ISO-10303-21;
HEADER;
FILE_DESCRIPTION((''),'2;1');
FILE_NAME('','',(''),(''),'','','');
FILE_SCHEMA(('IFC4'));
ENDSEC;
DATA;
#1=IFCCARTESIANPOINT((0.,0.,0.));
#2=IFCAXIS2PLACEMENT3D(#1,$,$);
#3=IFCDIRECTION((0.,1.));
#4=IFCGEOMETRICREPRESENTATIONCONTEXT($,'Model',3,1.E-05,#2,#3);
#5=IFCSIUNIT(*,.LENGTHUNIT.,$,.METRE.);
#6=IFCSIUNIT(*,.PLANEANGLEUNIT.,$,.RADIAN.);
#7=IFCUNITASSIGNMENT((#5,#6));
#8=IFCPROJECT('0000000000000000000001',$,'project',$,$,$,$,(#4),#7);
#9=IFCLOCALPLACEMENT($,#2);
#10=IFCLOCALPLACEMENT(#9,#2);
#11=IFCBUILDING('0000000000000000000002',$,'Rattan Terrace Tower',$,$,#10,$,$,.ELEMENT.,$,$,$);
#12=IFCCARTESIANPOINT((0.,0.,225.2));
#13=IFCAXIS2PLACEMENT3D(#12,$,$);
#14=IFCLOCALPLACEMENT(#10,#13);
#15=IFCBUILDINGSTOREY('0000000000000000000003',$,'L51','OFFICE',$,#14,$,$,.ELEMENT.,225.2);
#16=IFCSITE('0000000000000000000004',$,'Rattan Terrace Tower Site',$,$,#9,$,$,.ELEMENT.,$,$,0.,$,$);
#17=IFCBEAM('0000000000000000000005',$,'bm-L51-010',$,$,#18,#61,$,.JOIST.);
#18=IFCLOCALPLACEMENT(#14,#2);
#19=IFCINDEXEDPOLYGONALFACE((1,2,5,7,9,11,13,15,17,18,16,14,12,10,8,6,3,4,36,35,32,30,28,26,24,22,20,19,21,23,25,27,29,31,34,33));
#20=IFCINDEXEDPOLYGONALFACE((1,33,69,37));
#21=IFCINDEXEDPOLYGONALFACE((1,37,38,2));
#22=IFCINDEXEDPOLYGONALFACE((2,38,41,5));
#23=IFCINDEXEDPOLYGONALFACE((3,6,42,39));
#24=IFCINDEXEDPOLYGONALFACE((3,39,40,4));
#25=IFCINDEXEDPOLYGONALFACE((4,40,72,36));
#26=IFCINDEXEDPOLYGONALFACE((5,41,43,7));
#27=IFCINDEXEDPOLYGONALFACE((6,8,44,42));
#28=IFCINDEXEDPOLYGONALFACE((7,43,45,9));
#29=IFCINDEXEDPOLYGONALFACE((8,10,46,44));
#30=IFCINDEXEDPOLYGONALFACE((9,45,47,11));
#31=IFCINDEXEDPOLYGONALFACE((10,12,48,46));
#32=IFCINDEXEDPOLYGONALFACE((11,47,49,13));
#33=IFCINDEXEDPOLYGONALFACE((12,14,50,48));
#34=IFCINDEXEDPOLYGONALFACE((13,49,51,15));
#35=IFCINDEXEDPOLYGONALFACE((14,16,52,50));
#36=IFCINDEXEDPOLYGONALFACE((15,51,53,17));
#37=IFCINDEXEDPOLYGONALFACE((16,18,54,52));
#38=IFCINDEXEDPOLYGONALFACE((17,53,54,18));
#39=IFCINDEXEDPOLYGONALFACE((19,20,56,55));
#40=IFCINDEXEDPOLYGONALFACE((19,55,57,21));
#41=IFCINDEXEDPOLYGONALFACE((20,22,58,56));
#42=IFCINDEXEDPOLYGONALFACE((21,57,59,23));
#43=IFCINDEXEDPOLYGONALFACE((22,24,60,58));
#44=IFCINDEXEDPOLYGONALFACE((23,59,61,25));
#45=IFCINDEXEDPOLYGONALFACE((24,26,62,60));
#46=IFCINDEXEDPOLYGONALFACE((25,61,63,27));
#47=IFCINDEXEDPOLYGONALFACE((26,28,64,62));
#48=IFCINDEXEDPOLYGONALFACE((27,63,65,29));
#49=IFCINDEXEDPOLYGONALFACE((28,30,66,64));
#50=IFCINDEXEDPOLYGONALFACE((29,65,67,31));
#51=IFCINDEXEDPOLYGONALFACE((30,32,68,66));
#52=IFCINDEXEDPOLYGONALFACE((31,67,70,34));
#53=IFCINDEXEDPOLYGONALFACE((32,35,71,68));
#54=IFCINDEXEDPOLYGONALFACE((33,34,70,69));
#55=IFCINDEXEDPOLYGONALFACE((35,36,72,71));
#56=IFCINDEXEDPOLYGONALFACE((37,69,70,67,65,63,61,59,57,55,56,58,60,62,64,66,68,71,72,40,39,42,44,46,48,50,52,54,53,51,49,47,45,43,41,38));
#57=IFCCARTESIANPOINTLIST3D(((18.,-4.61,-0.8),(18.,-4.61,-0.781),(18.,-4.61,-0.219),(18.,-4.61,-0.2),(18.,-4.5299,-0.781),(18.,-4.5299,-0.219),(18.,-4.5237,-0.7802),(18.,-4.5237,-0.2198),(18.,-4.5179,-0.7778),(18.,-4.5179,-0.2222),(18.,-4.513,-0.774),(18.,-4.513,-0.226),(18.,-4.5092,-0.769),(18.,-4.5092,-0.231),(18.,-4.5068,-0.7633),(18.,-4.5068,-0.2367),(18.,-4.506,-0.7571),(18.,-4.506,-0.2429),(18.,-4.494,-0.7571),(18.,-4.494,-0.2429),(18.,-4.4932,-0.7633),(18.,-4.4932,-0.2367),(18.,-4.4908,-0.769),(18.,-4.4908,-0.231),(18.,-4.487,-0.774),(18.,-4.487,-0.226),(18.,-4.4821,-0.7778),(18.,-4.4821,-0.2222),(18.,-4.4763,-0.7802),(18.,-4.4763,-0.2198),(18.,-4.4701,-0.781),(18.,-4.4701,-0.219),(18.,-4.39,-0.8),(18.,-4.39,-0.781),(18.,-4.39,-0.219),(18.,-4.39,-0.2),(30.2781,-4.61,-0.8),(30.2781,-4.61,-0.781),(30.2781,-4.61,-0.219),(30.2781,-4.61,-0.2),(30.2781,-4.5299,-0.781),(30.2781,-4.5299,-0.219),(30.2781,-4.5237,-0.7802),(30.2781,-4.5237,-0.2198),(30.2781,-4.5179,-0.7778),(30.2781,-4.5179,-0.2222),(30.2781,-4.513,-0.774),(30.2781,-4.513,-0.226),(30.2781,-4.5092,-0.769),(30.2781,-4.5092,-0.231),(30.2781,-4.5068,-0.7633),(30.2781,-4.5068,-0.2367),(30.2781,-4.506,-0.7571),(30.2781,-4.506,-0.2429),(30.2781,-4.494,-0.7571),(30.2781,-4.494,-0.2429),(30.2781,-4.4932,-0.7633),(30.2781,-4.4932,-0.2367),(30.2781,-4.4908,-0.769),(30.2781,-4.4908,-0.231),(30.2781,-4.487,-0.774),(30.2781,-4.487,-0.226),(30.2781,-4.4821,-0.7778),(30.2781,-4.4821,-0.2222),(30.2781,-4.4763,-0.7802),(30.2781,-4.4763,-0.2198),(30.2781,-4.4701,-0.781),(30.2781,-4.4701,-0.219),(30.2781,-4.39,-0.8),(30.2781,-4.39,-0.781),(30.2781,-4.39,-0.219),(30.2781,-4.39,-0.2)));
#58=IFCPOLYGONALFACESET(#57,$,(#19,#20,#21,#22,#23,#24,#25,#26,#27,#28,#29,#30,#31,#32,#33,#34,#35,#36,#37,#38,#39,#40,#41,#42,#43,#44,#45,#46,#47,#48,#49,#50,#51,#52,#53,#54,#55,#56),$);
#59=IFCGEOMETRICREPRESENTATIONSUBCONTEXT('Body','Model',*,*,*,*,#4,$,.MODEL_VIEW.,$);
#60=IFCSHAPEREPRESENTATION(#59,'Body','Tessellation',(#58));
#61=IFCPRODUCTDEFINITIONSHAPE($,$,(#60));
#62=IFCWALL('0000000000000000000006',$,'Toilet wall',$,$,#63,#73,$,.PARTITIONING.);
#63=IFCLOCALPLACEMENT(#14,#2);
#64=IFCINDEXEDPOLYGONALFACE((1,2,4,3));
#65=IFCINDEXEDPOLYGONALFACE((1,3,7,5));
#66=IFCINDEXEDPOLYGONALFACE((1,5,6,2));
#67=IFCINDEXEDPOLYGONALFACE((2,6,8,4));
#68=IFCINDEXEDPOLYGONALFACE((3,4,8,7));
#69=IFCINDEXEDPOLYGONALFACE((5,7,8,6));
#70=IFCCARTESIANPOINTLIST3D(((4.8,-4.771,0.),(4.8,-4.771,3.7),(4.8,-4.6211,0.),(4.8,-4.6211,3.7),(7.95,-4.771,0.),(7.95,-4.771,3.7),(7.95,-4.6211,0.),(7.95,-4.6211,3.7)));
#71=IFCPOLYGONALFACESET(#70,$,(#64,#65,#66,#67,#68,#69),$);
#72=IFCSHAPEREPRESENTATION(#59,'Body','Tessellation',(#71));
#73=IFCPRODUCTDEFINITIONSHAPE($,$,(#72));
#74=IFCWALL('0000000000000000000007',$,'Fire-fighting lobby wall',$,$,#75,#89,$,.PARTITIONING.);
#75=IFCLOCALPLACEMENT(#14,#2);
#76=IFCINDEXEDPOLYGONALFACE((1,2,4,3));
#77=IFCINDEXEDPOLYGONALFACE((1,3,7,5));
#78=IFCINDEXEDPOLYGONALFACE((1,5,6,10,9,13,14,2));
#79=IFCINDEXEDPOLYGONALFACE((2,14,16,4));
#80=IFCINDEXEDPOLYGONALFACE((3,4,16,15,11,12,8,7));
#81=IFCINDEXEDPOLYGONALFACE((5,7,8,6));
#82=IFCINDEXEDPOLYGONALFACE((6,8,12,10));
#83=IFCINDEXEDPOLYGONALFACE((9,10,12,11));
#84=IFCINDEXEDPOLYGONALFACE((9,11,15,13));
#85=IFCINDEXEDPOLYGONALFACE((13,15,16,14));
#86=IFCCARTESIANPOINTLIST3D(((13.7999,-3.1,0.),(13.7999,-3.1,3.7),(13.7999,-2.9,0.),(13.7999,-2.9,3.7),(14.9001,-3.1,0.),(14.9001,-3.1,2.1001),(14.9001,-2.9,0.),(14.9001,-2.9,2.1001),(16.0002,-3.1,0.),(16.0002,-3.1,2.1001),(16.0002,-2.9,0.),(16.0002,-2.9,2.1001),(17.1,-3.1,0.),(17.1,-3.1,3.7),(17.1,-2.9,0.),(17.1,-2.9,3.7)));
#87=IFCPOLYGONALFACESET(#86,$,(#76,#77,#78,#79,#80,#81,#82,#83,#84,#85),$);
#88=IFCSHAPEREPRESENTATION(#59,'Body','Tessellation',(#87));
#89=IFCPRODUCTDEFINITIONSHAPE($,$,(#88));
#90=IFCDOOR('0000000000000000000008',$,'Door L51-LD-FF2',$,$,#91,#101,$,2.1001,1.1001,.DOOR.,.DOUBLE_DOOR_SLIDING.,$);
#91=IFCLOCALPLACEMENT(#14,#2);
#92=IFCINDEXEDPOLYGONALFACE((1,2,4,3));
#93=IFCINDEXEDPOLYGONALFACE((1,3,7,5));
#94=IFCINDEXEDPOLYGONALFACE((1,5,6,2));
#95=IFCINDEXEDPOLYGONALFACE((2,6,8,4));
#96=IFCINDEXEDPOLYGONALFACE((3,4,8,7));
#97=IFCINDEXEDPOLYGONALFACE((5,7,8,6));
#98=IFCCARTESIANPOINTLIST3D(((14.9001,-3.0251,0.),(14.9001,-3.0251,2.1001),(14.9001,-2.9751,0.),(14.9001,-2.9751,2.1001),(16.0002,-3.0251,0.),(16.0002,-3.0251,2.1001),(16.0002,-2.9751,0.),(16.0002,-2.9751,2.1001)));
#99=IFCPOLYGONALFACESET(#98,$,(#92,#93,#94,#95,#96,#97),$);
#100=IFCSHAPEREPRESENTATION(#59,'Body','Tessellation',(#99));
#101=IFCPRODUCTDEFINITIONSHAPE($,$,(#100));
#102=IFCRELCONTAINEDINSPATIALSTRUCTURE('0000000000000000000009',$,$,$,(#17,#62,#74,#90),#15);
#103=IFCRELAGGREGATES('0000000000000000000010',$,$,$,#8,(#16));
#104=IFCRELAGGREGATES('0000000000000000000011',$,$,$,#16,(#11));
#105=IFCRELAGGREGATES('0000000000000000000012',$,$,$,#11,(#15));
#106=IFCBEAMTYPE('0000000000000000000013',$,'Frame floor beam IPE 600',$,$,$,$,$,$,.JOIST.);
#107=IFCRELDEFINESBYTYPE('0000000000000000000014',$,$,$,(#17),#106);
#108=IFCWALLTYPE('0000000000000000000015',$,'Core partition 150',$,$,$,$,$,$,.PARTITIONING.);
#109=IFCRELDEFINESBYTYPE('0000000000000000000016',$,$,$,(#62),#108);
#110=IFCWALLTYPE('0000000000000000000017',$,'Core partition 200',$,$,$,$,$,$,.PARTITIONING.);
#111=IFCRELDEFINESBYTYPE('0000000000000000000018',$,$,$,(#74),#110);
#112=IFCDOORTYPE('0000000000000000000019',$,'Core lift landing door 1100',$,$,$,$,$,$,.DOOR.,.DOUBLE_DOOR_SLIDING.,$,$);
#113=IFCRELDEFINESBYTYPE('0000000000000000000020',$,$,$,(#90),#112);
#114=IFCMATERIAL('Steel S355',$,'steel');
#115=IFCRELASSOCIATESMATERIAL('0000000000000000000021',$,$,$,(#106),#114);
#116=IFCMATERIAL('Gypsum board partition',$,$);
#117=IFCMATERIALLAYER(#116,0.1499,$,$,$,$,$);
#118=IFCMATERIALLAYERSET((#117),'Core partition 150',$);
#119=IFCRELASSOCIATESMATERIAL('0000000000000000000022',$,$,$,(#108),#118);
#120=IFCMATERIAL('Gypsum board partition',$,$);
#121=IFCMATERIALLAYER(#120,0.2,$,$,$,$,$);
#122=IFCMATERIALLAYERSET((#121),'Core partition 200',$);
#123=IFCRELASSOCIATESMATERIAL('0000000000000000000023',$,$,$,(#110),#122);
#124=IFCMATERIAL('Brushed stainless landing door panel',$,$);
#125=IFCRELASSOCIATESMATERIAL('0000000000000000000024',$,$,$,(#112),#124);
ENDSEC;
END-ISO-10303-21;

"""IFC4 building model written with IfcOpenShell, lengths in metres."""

from ifc_helpers import new_model, si_unit, direction, frame, frame_2d, origin, origin_2d, place, context, subcontext, project, spatial, rectangle, i_section, extrude, material, layer, layer_set, material_profile, profile_set, type_object, element, fill, save


model = new_model("IFC4")

# Units and contexts
model_context = context("Model", 3, precision=1e-05, world=origin(), true_north=direction((0.0, 1.0)))
body_context = subcontext(model_context, "Body", "Model", "MODEL_VIEW")
ifc_project = project(units=[si_unit("LENGTHUNIT", "METRE"), si_unit("PLANEANGLEUNIT", "RADIAN")], contexts=[model_context])

# Site, building, storey
site_placement = place(None, origin())
site = spatial("IfcSite", under=ifc_project, at=site_placement, Name="Rattan Terrace Tower Site", CompositionType="ELEMENT", RefElevation=0.0)
building_placement = place(site_placement, origin())
building = spatial("IfcBuilding", under=site, at=building_placement, Name="Rattan Terrace Tower", CompositionType="ELEMENT")
storey_placement = place(building_placement, frame((0.0, 0.0, 225.2)))
storey = spatial("IfcBuildingStorey", under=building, at=storey_placement, Name="L51", Description="OFFICE", CompositionType="ELEMENT", Elevation=225.2)

# Beam
ifc_material_1 = material(Name="Steel S355", Category="steel")
ifc_material_profile = material_profile(ifc_material_1, i_section(OverallWidth=0.22, OverallDepth=0.6001, WebThickness=0.012, FlangeThickness=0.019, FilletRadius=0.0239, at=origin_2d()), Name="IPE 600")
ifc_profile_set = profile_set([ifc_material_profile], Name="Steel S355")
beam_type = type_object("IfcBeamType", Name="Frame floor beam IPE 600", PredefinedType="JOIST", material=ifc_profile_set)
beam_placement = place(storey_placement, frame((18.0, -4.5, -0.5), z_axis=(1.0, 0.0, 0.0), x_axis=(0.0, 1.0, 0.0)))
element("IfcBeam", 1, at=beam_placement, inside=storey, type_object=beam_type, Name="bm-L51-010", PredefinedType="JOIST", context=body_context, shape_type="SweptSolid", body=[
    extrude(i_section(OverallWidth=0.22, OverallDepth=0.6001, WebThickness=0.012, FlangeThickness=0.019, FilletRadius=0.0239, at=origin_2d()), origin(), (0.0, 0.0, 1.0), 12.2781),
])

# Wall
ifc_material_2 = material(Name="Gypsum board partition")
ifc_layer_1 = layer(ifc_material_2, 0.1499)
ifc_layer_set_1 = layer_set([ifc_layer_1], Name="Core partition 150")
wall_type_1 = type_object("IfcWallType", Name="Core partition 150", PredefinedType="PARTITIONING", material=ifc_layer_set_1)
wall_1_placement = place(storey_placement, frame((4.8, -4.696, 0.0), z_axis=(0.0, 0.0, 1.0), x_axis=(1.0, 0.0, 0.0)))
element("IfcWall", 2, at=wall_1_placement, inside=storey, type_object=wall_type_1, Name="Toilet wall", PredefinedType="PARTITIONING", context=body_context, shape_type="SweptSolid", body=[
    extrude(rectangle(XDim=3.1499, YDim=0.1499, at=frame_2d((1.575, 0.0))), origin(), (0.0, 0.0, 1.0), 3.7),
])

# Wall, opening, door
ifc_material_3 = material(Name="Gypsum board partition")
ifc_layer_2 = layer(ifc_material_3, 0.2)
ifc_layer_set_2 = layer_set([ifc_layer_2], Name="Core partition 200")
wall_type_2 = type_object("IfcWallType", Name="Core partition 200", PredefinedType="PARTITIONING", material=ifc_layer_set_2)
wall_2_placement = place(storey_placement, frame((13.8, -3.0, 0.0), z_axis=(0.0, 0.0, 1.0), x_axis=(1.0, 0.0, 0.0)))
wall_2 = element("IfcWall", 3, at=wall_2_placement, inside=storey, type_object=wall_type_2, Name="Fire-fighting lobby wall", PredefinedType="PARTITIONING", context=body_context, shape_type="SweptSolid", body=[
    extrude(rectangle(XDim=3.3, YDim=0.2, at=frame_2d((1.6499, 0.0))), origin(), (0.0, 0.0, 1.0), 3.7),
])
opening_1_placement = place(wall_2_placement, frame((1.1001, 0.0, 0.0)))
opening_1 = element("IfcOpeningElement", 4, at=opening_1_placement, cuts=wall_2, PredefinedType="OPENING", context=body_context, shape_type="SweptSolid", body=[
    extrude(rectangle(XDim=1.1001, YDim=2.1001, at=frame_2d((0.55, 1.05))), frame((0.0, 0.1106, 0.0), z_axis=(0.0, -1.0, 0.0), x_axis=(1.0, 0.0, 0.0)), (0.0, 0.0, 1.0), 0.2209),
])
ifc_material_4 = material(Name="Brushed stainless landing door panel")
door_type_1 = type_object("IfcDoorType", Name="Core lift landing door 1100", OperationType="DOUBLE_DOOR_SLIDING", PredefinedType="DOOR", material=ifc_material_4)
door_1_placement = place(opening_1_placement, origin())
door_1 = element("IfcDoor", 5, at=door_1_placement, inside=storey, type_object=door_type_1, Name="Door L51-LD-FF2", OperationType="DOUBLE_DOOR_SLIDING", OverallHeight=2.1001, OverallWidth=1.1001, PredefinedType="DOOR", context=body_context, shape_type="SweptSolid", body=[
    extrude(rectangle(XDim=1.1001, YDim=2.1001, at=frame_2d((0.55, 1.05))), frame((0.0, 0.0249, 0.0), z_axis=(0.0, -1.0, 0.0), x_axis=(1.0, 0.0, 0.0)), (0.0, 0.0, 1.0), 0.05),
])
fill(opening_1, door_1)

save(model, "model.ifc")
